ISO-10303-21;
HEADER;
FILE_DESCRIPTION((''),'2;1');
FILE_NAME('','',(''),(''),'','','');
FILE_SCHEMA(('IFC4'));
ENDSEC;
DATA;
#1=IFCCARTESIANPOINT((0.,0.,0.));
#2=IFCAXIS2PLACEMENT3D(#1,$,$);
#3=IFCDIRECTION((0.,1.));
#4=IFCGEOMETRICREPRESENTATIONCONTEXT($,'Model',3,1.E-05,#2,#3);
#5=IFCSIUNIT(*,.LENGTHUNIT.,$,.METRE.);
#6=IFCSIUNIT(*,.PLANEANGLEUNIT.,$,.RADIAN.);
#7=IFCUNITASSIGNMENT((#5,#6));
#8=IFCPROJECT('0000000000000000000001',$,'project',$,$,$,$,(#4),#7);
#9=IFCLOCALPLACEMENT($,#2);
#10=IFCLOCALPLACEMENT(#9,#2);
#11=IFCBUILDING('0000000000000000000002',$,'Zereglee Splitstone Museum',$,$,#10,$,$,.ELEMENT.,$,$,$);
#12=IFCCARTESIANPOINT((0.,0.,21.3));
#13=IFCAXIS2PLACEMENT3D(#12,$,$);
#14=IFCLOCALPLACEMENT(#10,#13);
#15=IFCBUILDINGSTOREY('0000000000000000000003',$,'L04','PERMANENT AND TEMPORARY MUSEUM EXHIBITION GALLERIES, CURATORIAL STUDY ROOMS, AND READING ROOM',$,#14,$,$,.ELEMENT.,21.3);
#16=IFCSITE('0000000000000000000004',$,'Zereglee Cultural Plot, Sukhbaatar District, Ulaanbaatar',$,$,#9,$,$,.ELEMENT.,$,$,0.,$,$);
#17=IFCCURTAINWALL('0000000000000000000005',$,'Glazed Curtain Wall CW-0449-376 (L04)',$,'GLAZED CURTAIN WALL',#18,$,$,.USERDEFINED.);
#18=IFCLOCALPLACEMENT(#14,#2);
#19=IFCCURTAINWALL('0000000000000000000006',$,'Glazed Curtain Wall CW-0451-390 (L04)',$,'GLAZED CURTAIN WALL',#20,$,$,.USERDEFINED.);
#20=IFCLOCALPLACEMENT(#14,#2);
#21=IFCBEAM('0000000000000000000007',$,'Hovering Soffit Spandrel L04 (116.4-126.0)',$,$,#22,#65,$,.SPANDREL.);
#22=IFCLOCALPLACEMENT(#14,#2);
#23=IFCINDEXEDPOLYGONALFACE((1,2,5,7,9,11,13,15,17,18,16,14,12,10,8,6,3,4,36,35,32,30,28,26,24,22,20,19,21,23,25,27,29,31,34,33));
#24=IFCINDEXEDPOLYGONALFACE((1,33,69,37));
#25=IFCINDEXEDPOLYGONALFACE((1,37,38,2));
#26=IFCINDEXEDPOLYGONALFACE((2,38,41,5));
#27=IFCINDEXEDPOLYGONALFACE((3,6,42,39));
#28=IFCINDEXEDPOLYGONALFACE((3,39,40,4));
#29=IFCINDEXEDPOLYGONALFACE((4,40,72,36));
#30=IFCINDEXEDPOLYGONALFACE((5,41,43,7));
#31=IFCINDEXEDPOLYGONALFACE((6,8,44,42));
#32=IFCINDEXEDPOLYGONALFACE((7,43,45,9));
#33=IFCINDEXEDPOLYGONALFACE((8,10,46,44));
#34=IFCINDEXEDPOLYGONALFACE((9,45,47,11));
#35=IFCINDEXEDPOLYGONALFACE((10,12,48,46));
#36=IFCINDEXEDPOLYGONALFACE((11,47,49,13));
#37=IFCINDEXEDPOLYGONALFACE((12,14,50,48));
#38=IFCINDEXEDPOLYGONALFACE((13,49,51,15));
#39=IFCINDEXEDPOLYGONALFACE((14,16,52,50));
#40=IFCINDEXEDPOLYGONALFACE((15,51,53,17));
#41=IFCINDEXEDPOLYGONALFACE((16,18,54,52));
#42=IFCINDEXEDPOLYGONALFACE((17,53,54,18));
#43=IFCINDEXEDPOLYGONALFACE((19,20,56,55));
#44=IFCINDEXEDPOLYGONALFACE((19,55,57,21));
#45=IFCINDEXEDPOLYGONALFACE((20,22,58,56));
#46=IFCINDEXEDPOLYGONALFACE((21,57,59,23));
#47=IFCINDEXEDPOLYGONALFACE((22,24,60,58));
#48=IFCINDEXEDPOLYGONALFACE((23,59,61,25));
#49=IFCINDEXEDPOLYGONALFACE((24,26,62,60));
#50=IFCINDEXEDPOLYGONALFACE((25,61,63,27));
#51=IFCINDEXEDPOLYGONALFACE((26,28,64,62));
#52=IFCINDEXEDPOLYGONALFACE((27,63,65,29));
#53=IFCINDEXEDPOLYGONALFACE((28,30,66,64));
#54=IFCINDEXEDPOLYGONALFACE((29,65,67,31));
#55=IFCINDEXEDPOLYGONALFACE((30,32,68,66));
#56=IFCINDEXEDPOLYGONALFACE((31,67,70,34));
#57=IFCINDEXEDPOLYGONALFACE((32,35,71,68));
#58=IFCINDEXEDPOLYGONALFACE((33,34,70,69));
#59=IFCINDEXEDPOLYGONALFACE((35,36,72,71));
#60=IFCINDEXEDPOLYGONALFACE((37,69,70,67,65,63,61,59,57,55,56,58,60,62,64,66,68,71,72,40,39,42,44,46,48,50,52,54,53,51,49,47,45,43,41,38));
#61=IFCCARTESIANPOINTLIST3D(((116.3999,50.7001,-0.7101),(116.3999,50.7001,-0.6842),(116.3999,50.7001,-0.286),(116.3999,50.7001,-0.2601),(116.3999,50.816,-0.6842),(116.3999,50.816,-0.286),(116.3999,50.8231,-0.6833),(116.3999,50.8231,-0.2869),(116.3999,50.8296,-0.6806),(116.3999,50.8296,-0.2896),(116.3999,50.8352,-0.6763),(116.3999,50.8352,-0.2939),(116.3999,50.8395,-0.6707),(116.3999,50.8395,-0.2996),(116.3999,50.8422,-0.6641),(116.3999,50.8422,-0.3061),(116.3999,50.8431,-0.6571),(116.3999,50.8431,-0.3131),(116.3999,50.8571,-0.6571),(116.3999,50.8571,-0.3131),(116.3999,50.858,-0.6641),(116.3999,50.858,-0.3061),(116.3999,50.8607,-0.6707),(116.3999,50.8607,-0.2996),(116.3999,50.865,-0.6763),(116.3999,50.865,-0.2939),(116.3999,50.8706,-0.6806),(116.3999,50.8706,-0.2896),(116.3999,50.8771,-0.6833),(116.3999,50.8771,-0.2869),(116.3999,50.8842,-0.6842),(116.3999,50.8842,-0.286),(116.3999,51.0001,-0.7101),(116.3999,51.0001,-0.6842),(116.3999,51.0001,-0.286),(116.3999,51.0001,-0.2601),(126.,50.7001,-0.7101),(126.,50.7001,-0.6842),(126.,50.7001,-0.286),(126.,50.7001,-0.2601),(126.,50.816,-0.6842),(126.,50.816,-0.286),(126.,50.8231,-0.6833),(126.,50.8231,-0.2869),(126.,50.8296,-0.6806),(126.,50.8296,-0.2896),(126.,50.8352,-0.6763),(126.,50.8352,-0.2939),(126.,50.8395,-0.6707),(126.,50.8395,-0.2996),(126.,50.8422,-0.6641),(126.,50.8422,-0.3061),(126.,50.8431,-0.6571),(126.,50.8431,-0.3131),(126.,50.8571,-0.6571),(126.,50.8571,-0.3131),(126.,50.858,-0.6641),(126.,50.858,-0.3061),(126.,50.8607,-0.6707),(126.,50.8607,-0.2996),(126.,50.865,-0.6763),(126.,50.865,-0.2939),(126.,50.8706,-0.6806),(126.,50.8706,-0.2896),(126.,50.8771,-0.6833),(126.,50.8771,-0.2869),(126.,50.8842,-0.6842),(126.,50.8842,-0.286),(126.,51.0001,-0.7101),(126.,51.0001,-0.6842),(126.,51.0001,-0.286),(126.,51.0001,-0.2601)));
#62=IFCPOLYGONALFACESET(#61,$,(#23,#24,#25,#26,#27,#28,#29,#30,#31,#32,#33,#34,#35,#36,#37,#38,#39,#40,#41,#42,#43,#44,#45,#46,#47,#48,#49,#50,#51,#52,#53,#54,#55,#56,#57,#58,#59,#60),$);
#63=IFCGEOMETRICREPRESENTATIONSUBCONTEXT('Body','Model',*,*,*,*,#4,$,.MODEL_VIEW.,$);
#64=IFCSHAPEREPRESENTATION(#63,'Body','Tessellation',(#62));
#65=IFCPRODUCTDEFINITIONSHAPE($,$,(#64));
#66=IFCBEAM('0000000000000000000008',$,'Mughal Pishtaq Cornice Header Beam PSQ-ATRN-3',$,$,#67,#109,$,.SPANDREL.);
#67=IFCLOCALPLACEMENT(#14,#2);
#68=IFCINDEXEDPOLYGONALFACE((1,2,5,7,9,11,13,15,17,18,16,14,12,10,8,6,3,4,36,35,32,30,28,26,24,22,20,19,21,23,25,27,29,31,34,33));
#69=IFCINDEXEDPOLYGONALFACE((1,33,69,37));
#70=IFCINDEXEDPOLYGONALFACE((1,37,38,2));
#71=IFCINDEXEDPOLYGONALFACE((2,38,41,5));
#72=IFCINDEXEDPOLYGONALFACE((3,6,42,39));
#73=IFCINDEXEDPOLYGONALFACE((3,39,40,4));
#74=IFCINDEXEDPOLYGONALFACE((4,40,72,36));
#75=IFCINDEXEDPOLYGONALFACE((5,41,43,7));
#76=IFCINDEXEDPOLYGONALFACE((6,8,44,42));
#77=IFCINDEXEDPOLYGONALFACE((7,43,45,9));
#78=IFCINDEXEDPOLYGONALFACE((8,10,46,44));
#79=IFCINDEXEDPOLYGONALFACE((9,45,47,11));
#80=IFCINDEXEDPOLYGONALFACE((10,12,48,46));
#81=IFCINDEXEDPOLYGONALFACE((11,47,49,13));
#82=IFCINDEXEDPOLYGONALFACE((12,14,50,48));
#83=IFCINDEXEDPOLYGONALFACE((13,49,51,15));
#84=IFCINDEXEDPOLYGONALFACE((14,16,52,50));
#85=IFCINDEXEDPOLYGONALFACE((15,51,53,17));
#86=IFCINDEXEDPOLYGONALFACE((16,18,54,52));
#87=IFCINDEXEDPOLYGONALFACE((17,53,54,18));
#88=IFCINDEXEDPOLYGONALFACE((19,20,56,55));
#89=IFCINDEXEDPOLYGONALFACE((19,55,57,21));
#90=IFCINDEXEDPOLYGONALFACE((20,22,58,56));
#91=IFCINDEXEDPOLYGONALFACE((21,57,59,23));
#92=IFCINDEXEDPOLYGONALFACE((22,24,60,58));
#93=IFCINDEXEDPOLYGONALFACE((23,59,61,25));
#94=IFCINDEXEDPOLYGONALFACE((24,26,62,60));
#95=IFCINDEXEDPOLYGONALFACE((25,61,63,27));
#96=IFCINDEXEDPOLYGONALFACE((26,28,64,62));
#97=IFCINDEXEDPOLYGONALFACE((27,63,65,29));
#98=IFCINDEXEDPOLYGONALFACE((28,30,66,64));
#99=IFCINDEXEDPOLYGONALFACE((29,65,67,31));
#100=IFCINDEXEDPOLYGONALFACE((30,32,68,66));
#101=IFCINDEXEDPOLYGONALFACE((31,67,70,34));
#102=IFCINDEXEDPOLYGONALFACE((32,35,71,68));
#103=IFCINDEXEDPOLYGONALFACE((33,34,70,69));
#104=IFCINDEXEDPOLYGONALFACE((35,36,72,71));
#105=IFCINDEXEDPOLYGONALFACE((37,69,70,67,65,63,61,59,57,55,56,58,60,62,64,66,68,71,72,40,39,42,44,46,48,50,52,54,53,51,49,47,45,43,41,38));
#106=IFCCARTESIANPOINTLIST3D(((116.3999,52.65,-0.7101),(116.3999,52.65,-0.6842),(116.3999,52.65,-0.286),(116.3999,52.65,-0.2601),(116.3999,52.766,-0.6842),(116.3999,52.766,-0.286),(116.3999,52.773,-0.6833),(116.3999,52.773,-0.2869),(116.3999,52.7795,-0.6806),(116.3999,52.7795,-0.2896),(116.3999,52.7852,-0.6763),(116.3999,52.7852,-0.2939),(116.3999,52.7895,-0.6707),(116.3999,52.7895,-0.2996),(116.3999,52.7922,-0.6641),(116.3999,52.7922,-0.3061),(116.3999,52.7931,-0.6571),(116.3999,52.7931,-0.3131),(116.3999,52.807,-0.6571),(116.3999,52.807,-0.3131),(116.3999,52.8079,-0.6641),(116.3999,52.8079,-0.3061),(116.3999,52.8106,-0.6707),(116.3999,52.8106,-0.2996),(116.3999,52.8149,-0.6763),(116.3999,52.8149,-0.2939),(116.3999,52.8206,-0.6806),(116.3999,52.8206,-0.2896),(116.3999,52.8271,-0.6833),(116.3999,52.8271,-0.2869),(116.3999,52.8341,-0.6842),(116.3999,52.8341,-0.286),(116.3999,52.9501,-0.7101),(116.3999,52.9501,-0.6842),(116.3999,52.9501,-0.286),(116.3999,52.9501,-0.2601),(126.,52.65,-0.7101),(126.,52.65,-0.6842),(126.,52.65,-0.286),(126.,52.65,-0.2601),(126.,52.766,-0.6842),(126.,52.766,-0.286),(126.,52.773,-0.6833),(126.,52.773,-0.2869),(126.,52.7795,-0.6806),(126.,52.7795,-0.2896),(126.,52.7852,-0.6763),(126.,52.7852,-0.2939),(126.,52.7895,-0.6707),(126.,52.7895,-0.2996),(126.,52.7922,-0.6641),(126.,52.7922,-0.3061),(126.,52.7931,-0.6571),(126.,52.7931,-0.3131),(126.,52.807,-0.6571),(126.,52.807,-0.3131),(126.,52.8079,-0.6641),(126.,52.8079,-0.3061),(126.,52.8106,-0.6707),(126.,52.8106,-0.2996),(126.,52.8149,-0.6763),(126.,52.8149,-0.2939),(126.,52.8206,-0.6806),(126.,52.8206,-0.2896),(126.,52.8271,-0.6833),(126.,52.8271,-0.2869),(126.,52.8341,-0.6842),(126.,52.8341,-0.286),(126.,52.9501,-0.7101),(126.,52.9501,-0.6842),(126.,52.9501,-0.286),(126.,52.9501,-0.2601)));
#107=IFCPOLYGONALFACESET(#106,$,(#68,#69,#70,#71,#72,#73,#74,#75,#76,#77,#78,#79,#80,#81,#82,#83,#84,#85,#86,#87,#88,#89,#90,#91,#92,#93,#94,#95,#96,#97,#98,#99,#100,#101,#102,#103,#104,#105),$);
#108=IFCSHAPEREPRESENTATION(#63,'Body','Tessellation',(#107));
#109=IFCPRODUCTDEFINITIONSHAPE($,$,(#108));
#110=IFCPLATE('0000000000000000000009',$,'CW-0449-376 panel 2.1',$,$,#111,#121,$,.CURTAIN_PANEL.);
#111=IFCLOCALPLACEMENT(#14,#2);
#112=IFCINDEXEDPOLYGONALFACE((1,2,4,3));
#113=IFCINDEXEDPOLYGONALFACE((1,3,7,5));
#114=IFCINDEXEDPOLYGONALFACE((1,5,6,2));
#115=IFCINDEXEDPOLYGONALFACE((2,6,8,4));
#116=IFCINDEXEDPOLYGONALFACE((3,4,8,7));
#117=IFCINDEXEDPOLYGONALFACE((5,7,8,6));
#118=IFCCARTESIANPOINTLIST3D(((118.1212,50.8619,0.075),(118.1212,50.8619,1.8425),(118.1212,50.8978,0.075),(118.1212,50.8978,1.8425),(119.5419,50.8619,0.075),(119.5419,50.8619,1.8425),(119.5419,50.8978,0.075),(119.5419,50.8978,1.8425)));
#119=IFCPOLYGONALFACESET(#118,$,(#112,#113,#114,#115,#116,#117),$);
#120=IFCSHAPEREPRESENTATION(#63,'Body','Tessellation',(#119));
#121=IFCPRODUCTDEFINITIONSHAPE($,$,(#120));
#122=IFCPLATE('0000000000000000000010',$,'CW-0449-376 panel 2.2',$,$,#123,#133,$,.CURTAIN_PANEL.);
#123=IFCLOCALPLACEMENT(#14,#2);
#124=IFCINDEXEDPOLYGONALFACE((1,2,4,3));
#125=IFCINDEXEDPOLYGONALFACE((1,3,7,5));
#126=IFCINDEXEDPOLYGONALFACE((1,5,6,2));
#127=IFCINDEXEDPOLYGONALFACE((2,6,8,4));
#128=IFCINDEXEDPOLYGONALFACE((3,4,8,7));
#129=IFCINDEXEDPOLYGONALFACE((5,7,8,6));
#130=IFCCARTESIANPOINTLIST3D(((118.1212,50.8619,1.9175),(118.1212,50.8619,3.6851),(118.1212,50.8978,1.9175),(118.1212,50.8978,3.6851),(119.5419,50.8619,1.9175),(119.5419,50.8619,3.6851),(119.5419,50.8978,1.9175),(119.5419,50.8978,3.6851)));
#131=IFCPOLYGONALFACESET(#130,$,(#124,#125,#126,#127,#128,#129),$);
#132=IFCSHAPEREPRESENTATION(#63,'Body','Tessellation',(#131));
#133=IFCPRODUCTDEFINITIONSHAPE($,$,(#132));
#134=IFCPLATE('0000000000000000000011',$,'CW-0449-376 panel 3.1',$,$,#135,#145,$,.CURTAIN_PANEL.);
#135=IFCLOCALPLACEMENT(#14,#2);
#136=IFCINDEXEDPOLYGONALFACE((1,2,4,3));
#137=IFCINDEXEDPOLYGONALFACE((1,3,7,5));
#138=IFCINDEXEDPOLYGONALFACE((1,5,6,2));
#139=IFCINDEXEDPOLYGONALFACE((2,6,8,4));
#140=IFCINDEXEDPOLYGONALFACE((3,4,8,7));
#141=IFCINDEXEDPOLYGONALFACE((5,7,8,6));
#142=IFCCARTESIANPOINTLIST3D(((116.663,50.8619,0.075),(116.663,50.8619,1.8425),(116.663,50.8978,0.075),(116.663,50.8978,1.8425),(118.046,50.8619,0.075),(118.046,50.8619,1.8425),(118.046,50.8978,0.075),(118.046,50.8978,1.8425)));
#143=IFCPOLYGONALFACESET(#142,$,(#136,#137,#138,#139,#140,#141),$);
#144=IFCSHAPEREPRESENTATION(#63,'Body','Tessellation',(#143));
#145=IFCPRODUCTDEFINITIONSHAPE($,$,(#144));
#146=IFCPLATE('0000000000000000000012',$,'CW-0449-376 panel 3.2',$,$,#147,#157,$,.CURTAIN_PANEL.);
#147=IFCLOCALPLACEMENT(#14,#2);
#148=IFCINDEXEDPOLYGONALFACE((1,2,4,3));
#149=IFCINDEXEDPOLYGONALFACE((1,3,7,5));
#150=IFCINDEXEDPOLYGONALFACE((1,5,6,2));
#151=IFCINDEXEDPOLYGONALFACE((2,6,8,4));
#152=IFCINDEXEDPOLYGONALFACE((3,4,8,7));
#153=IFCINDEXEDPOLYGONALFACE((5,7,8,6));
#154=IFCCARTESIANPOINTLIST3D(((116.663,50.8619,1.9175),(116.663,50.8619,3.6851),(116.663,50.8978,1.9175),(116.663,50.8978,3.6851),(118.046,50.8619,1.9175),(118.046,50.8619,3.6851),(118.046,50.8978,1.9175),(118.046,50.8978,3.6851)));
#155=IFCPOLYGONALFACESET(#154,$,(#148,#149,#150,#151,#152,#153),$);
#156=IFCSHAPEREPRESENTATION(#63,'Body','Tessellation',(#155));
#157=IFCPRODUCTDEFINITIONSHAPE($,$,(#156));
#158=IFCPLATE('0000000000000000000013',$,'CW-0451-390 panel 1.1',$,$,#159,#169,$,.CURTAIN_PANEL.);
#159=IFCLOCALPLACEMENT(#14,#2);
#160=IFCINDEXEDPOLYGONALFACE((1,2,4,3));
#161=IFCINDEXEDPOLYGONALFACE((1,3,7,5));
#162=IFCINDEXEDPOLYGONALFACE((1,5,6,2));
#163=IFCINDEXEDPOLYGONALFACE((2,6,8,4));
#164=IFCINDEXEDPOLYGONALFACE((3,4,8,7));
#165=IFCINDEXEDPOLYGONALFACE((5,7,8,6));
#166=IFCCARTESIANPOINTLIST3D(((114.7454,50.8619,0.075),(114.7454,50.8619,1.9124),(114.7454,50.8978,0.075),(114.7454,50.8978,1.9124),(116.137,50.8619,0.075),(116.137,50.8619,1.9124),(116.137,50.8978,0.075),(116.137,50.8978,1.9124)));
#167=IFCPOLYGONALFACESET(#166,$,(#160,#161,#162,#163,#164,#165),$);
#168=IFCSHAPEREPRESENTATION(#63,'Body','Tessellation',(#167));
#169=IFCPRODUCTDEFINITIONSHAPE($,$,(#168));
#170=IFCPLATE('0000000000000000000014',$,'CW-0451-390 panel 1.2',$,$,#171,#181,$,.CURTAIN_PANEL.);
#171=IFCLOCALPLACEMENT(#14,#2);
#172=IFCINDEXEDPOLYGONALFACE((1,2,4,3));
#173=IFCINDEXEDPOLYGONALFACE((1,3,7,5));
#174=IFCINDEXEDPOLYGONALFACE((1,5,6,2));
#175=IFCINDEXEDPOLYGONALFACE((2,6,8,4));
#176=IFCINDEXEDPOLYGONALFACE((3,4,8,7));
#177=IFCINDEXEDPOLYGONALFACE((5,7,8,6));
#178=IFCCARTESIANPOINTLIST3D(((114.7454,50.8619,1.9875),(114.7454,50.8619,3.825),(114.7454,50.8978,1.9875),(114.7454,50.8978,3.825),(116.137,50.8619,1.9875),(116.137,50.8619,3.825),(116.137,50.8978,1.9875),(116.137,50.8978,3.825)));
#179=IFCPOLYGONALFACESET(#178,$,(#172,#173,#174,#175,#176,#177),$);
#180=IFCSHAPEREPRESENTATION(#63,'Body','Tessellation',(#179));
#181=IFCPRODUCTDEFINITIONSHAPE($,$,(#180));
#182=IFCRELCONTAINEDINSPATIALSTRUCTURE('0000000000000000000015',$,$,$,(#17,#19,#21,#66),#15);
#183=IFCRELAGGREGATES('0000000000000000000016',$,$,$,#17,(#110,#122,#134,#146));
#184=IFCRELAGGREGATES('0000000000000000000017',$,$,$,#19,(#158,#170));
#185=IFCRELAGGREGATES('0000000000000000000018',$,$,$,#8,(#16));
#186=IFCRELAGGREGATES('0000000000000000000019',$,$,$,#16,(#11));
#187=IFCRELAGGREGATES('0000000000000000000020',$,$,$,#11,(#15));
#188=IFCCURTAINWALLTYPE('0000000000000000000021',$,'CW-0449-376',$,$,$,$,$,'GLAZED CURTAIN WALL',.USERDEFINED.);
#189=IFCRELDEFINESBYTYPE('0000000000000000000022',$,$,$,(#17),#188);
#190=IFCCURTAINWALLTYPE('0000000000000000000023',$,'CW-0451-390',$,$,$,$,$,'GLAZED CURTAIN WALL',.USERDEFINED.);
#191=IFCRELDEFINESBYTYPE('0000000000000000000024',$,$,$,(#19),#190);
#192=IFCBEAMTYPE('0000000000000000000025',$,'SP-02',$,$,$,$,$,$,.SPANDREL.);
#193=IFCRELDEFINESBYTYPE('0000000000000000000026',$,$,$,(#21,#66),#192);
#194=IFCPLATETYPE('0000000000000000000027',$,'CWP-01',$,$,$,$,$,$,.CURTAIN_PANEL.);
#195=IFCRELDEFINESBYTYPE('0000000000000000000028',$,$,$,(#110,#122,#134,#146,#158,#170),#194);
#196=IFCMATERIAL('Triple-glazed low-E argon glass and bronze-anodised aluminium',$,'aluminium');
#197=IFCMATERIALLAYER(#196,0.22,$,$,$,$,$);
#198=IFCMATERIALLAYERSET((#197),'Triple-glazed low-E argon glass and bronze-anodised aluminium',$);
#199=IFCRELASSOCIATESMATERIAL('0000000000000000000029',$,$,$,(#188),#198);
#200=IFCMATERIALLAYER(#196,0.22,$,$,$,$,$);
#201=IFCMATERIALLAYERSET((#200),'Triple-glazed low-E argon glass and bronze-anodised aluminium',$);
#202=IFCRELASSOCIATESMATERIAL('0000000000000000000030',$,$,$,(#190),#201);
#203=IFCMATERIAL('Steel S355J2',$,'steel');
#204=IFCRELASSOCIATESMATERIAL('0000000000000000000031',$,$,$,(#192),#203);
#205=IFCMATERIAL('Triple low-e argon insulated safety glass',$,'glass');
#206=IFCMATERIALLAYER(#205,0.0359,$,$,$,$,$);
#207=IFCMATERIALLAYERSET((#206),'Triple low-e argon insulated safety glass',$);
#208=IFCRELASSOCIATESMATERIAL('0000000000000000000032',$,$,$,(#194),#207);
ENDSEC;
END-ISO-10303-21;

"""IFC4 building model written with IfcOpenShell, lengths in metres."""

from ifc_helpers import new_model, si_unit, direction, frame, origin, origin_2d, place, context, subcontext, project, spatial, rectangle, i_section, extrude, material, layer, layer_set, material_profile, profile_set, type_object, element, aggregate, save


model = new_model("IFC4")

# Units and contexts
model_context = context("Model", 3, precision=1e-05, world=origin(), true_north=direction((0.0, 1.0)))
body_context = subcontext(model_context, "Body", "Model", "MODEL_VIEW")
ifc_project = project(units=[si_unit("LENGTHUNIT", "METRE"), si_unit("PLANEANGLEUNIT", "RADIAN")], contexts=[model_context])

# Site, building, storey
site_placement = place(None, origin())
site = spatial("IfcSite", under=ifc_project, at=site_placement, Name="Zereglee Cultural Plot, Sukhbaatar District, Ulaanbaatar", CompositionType="ELEMENT", RefElevation=0.0)
building_placement = place(site_placement, origin())
building = spatial("IfcBuilding", under=site, at=building_placement, Name="Zereglee Splitstone Museum", CompositionType="ELEMENT")
storey_placement = place(building_placement, frame((0.0, 0.0, 21.3)))
storey = spatial("IfcBuildingStorey", under=building, at=storey_placement, Name="L04", Description="PERMANENT AND TEMPORARY MUSEUM EXHIBITION GALLERIES, CURATORIAL STUDY ROOMS, AND READING ROOM", CompositionType="ELEMENT", Elevation=21.3)

# Curtain wall
ifc_material_1 = material(Name="Triple-glazed low-E argon glass and bronze-anodised aluminium", Category="aluminium")
ifc_layer_1 = layer(ifc_material_1, 0.22)
ifc_layer_set_1 = layer_set([ifc_layer_1], Name="Triple-glazed low-E argon glass and bronze-anodised aluminium")
curtain_wall_type_1 = type_object("IfcCurtainWallType", Name="CW-0449-376", ElementType="GLAZED CURTAIN WALL", PredefinedType="USERDEFINED", material=ifc_layer_set_1)
curtain_wall_1_placement = place(storey_placement, origin())
curtain_wall_1 = element("IfcCurtainWall", 1, at=curtain_wall_1_placement, inside=storey, type_object=curtain_wall_type_1, Name="Glazed Curtain Wall CW-0449-376 (L04)", ObjectType="GLAZED CURTAIN WALL", PredefinedType="USERDEFINED")

# Curtain wall
ifc_layer_2 = layer(ifc_material_1, 0.22)
ifc_layer_set_2 = layer_set([ifc_layer_2], Name="Triple-glazed low-E argon glass and bronze-anodised aluminium")
curtain_wall_type_2 = type_object("IfcCurtainWallType", Name="CW-0451-390", ElementType="GLAZED CURTAIN WALL", PredefinedType="USERDEFINED", material=ifc_layer_set_2)
curtain_wall_2_placement = place(storey_placement, origin())
curtain_wall_2 = element("IfcCurtainWall", 2, at=curtain_wall_2_placement, inside=storey, type_object=curtain_wall_type_2, Name="Glazed Curtain Wall CW-0451-390 (L04)", ObjectType="GLAZED CURTAIN WALL", PredefinedType="USERDEFINED")

# Beams
ifc_material_2 = material(Name="Steel S355J2", Category="steel")
ifc_material_profile_1 = material_profile(ifc_material_2, i_section(OverallWidth=0.3, OverallDepth=0.45, WebThickness=0.0139, FlangeThickness=0.0259, FilletRadius=0.0271, at=origin_2d()), Name="HE 450 B")
ifc_profile_set_1 = profile_set([ifc_material_profile_1], Name="Steel S355J2")
beam_type = type_object("IfcBeamType", Name="SP-02", PredefinedType="SPANDREL", material=ifc_profile_set_1)
for number, where, z_axis, x_axis, name in (
    (3, (116.3999, 50.8501, -0.4851), (1.0, 0.0, 0.0), (0.0, 1.0, 0.0), "Hovering Soffit Spandrel L04 (116.4-126.0)"),
    (4, (116.3999, 52.8, -0.4851), (1.0, 0.0, 0.0), (0.0, 1.0, 0.0), "Mughal Pishtaq Cornice Header Beam PSQ-ATRN-3"),
):
    element("IfcBeam", number, at=place(storey_placement, frame(where, z_axis=z_axis, x_axis=x_axis)), inside=storey, type_object=beam_type, Name=name, PredefinedType="SPANDREL", context=body_context, shape_type="SweptSolid", body=[
        extrude(i_section(OverallWidth=0.3, OverallDepth=0.45, WebThickness=0.0139, FlangeThickness=0.0259, FilletRadius=0.0271, at=origin_2d()), origin(), (0.0, 0.0, 1.0), 9.6001),
    ])

# Plates
ifc_material_3 = material(Name="Triple low-e argon insulated safety glass", Category="glass")
ifc_layer_3 = layer(ifc_material_3, 0.0359)
ifc_layer_set_3 = layer_set([ifc_layer_3], Name="Triple low-e argon insulated safety glass")
plate_type = type_object("IfcPlateType", Name="CWP-01", PredefinedType="CURTAIN_PANEL", material=ifc_layer_set_3)
plate_1_placement = place(storey_placement, frame((118.8315, 50.8799, 0.075), z_axis=(0.0, 0.0, 1.0), x_axis=(-1.0, 0.0, 0.0)))
plate_1 = element("IfcPlate", 5, at=plate_1_placement, type_object=plate_type, Name="CW-0449-376 panel 2.1", PredefinedType="CURTAIN_PANEL", context=body_context, shape_type="SweptSolid", body=[
    extrude(rectangle(XDim=1.4207, YDim=0.0359, at=origin_2d()), origin(), (0.0, 0.0, 1.0), 1.7676),
])
plate_2_placement = place(storey_placement, frame((118.8315, 50.8799, 1.9175), z_axis=(0.0, 0.0, 1.0), x_axis=(-1.0, 0.0, 0.0)))
plate_2 = element("IfcPlate", 6, at=plate_2_placement, type_object=plate_type, Name="CW-0449-376 panel 2.2", PredefinedType="CURTAIN_PANEL", context=body_context, shape_type="SweptSolid", body=[
    extrude(rectangle(XDim=1.4207, YDim=0.0359, at=origin_2d()), origin(), (0.0, 0.0, 1.0), 1.7676),
])
plate_3_placement = place(storey_placement, frame((117.3545, 50.8799, 0.075), z_axis=(0.0, 0.0, 1.0), x_axis=(-1.0, 0.0, 0.0)))
plate_3 = element("IfcPlate", 7, at=plate_3_placement, type_object=plate_type, Name="CW-0449-376 panel 3.1", PredefinedType="CURTAIN_PANEL", context=body_context, shape_type="SweptSolid", body=[
    extrude(rectangle(XDim=1.3831, YDim=0.0359, at=origin_2d()), origin(), (0.0, 0.0, 1.0), 1.7676),
])
plate_4_placement = place(storey_placement, frame((117.3545, 50.8799, 1.9175), z_axis=(0.0, 0.0, 1.0), x_axis=(-1.0, 0.0, 0.0)))
plate_4 = element("IfcPlate", 8, at=plate_4_placement, type_object=plate_type, Name="CW-0449-376 panel 3.2", PredefinedType="CURTAIN_PANEL", context=body_context, shape_type="SweptSolid", body=[
    extrude(rectangle(XDim=1.3831, YDim=0.0359, at=origin_2d()), origin(), (0.0, 0.0, 1.0), 1.7676),
])
aggregate(curtain_wall_1, [plate_1, plate_2, plate_3, plate_4])
plate_5_placement = place(storey_placement, frame((115.4412, 50.8799, 0.075), z_axis=(0.0, 0.0, 1.0), x_axis=(-1.0, 0.0, 0.0)))
plate_5 = element("IfcPlate", 9, at=plate_5_placement, type_object=plate_type, Name="CW-0451-390 panel 1.1", PredefinedType="CURTAIN_PANEL", context=body_context, shape_type="SweptSolid", body=[
    extrude(rectangle(XDim=1.3916, YDim=0.0359, at=origin_2d()), origin(), (0.0, 0.0, 1.0), 1.8374),
])
plate_6_placement = place(storey_placement, frame((115.4412, 50.8799, 1.9875), z_axis=(0.0, 0.0, 1.0), x_axis=(-1.0, 0.0, 0.0)))
plate_6 = element("IfcPlate", 10, at=plate_6_placement, type_object=plate_type, Name="CW-0451-390 panel 1.2", PredefinedType="CURTAIN_PANEL", context=body_context, shape_type="SweptSolid", body=[
    extrude(rectangle(XDim=1.3916, YDim=0.0359, at=origin_2d()), origin(), (0.0, 0.0, 1.0), 1.8374),
])
aggregate(curtain_wall_2, [plate_5, plate_6])

save(model, "model.ifc")
